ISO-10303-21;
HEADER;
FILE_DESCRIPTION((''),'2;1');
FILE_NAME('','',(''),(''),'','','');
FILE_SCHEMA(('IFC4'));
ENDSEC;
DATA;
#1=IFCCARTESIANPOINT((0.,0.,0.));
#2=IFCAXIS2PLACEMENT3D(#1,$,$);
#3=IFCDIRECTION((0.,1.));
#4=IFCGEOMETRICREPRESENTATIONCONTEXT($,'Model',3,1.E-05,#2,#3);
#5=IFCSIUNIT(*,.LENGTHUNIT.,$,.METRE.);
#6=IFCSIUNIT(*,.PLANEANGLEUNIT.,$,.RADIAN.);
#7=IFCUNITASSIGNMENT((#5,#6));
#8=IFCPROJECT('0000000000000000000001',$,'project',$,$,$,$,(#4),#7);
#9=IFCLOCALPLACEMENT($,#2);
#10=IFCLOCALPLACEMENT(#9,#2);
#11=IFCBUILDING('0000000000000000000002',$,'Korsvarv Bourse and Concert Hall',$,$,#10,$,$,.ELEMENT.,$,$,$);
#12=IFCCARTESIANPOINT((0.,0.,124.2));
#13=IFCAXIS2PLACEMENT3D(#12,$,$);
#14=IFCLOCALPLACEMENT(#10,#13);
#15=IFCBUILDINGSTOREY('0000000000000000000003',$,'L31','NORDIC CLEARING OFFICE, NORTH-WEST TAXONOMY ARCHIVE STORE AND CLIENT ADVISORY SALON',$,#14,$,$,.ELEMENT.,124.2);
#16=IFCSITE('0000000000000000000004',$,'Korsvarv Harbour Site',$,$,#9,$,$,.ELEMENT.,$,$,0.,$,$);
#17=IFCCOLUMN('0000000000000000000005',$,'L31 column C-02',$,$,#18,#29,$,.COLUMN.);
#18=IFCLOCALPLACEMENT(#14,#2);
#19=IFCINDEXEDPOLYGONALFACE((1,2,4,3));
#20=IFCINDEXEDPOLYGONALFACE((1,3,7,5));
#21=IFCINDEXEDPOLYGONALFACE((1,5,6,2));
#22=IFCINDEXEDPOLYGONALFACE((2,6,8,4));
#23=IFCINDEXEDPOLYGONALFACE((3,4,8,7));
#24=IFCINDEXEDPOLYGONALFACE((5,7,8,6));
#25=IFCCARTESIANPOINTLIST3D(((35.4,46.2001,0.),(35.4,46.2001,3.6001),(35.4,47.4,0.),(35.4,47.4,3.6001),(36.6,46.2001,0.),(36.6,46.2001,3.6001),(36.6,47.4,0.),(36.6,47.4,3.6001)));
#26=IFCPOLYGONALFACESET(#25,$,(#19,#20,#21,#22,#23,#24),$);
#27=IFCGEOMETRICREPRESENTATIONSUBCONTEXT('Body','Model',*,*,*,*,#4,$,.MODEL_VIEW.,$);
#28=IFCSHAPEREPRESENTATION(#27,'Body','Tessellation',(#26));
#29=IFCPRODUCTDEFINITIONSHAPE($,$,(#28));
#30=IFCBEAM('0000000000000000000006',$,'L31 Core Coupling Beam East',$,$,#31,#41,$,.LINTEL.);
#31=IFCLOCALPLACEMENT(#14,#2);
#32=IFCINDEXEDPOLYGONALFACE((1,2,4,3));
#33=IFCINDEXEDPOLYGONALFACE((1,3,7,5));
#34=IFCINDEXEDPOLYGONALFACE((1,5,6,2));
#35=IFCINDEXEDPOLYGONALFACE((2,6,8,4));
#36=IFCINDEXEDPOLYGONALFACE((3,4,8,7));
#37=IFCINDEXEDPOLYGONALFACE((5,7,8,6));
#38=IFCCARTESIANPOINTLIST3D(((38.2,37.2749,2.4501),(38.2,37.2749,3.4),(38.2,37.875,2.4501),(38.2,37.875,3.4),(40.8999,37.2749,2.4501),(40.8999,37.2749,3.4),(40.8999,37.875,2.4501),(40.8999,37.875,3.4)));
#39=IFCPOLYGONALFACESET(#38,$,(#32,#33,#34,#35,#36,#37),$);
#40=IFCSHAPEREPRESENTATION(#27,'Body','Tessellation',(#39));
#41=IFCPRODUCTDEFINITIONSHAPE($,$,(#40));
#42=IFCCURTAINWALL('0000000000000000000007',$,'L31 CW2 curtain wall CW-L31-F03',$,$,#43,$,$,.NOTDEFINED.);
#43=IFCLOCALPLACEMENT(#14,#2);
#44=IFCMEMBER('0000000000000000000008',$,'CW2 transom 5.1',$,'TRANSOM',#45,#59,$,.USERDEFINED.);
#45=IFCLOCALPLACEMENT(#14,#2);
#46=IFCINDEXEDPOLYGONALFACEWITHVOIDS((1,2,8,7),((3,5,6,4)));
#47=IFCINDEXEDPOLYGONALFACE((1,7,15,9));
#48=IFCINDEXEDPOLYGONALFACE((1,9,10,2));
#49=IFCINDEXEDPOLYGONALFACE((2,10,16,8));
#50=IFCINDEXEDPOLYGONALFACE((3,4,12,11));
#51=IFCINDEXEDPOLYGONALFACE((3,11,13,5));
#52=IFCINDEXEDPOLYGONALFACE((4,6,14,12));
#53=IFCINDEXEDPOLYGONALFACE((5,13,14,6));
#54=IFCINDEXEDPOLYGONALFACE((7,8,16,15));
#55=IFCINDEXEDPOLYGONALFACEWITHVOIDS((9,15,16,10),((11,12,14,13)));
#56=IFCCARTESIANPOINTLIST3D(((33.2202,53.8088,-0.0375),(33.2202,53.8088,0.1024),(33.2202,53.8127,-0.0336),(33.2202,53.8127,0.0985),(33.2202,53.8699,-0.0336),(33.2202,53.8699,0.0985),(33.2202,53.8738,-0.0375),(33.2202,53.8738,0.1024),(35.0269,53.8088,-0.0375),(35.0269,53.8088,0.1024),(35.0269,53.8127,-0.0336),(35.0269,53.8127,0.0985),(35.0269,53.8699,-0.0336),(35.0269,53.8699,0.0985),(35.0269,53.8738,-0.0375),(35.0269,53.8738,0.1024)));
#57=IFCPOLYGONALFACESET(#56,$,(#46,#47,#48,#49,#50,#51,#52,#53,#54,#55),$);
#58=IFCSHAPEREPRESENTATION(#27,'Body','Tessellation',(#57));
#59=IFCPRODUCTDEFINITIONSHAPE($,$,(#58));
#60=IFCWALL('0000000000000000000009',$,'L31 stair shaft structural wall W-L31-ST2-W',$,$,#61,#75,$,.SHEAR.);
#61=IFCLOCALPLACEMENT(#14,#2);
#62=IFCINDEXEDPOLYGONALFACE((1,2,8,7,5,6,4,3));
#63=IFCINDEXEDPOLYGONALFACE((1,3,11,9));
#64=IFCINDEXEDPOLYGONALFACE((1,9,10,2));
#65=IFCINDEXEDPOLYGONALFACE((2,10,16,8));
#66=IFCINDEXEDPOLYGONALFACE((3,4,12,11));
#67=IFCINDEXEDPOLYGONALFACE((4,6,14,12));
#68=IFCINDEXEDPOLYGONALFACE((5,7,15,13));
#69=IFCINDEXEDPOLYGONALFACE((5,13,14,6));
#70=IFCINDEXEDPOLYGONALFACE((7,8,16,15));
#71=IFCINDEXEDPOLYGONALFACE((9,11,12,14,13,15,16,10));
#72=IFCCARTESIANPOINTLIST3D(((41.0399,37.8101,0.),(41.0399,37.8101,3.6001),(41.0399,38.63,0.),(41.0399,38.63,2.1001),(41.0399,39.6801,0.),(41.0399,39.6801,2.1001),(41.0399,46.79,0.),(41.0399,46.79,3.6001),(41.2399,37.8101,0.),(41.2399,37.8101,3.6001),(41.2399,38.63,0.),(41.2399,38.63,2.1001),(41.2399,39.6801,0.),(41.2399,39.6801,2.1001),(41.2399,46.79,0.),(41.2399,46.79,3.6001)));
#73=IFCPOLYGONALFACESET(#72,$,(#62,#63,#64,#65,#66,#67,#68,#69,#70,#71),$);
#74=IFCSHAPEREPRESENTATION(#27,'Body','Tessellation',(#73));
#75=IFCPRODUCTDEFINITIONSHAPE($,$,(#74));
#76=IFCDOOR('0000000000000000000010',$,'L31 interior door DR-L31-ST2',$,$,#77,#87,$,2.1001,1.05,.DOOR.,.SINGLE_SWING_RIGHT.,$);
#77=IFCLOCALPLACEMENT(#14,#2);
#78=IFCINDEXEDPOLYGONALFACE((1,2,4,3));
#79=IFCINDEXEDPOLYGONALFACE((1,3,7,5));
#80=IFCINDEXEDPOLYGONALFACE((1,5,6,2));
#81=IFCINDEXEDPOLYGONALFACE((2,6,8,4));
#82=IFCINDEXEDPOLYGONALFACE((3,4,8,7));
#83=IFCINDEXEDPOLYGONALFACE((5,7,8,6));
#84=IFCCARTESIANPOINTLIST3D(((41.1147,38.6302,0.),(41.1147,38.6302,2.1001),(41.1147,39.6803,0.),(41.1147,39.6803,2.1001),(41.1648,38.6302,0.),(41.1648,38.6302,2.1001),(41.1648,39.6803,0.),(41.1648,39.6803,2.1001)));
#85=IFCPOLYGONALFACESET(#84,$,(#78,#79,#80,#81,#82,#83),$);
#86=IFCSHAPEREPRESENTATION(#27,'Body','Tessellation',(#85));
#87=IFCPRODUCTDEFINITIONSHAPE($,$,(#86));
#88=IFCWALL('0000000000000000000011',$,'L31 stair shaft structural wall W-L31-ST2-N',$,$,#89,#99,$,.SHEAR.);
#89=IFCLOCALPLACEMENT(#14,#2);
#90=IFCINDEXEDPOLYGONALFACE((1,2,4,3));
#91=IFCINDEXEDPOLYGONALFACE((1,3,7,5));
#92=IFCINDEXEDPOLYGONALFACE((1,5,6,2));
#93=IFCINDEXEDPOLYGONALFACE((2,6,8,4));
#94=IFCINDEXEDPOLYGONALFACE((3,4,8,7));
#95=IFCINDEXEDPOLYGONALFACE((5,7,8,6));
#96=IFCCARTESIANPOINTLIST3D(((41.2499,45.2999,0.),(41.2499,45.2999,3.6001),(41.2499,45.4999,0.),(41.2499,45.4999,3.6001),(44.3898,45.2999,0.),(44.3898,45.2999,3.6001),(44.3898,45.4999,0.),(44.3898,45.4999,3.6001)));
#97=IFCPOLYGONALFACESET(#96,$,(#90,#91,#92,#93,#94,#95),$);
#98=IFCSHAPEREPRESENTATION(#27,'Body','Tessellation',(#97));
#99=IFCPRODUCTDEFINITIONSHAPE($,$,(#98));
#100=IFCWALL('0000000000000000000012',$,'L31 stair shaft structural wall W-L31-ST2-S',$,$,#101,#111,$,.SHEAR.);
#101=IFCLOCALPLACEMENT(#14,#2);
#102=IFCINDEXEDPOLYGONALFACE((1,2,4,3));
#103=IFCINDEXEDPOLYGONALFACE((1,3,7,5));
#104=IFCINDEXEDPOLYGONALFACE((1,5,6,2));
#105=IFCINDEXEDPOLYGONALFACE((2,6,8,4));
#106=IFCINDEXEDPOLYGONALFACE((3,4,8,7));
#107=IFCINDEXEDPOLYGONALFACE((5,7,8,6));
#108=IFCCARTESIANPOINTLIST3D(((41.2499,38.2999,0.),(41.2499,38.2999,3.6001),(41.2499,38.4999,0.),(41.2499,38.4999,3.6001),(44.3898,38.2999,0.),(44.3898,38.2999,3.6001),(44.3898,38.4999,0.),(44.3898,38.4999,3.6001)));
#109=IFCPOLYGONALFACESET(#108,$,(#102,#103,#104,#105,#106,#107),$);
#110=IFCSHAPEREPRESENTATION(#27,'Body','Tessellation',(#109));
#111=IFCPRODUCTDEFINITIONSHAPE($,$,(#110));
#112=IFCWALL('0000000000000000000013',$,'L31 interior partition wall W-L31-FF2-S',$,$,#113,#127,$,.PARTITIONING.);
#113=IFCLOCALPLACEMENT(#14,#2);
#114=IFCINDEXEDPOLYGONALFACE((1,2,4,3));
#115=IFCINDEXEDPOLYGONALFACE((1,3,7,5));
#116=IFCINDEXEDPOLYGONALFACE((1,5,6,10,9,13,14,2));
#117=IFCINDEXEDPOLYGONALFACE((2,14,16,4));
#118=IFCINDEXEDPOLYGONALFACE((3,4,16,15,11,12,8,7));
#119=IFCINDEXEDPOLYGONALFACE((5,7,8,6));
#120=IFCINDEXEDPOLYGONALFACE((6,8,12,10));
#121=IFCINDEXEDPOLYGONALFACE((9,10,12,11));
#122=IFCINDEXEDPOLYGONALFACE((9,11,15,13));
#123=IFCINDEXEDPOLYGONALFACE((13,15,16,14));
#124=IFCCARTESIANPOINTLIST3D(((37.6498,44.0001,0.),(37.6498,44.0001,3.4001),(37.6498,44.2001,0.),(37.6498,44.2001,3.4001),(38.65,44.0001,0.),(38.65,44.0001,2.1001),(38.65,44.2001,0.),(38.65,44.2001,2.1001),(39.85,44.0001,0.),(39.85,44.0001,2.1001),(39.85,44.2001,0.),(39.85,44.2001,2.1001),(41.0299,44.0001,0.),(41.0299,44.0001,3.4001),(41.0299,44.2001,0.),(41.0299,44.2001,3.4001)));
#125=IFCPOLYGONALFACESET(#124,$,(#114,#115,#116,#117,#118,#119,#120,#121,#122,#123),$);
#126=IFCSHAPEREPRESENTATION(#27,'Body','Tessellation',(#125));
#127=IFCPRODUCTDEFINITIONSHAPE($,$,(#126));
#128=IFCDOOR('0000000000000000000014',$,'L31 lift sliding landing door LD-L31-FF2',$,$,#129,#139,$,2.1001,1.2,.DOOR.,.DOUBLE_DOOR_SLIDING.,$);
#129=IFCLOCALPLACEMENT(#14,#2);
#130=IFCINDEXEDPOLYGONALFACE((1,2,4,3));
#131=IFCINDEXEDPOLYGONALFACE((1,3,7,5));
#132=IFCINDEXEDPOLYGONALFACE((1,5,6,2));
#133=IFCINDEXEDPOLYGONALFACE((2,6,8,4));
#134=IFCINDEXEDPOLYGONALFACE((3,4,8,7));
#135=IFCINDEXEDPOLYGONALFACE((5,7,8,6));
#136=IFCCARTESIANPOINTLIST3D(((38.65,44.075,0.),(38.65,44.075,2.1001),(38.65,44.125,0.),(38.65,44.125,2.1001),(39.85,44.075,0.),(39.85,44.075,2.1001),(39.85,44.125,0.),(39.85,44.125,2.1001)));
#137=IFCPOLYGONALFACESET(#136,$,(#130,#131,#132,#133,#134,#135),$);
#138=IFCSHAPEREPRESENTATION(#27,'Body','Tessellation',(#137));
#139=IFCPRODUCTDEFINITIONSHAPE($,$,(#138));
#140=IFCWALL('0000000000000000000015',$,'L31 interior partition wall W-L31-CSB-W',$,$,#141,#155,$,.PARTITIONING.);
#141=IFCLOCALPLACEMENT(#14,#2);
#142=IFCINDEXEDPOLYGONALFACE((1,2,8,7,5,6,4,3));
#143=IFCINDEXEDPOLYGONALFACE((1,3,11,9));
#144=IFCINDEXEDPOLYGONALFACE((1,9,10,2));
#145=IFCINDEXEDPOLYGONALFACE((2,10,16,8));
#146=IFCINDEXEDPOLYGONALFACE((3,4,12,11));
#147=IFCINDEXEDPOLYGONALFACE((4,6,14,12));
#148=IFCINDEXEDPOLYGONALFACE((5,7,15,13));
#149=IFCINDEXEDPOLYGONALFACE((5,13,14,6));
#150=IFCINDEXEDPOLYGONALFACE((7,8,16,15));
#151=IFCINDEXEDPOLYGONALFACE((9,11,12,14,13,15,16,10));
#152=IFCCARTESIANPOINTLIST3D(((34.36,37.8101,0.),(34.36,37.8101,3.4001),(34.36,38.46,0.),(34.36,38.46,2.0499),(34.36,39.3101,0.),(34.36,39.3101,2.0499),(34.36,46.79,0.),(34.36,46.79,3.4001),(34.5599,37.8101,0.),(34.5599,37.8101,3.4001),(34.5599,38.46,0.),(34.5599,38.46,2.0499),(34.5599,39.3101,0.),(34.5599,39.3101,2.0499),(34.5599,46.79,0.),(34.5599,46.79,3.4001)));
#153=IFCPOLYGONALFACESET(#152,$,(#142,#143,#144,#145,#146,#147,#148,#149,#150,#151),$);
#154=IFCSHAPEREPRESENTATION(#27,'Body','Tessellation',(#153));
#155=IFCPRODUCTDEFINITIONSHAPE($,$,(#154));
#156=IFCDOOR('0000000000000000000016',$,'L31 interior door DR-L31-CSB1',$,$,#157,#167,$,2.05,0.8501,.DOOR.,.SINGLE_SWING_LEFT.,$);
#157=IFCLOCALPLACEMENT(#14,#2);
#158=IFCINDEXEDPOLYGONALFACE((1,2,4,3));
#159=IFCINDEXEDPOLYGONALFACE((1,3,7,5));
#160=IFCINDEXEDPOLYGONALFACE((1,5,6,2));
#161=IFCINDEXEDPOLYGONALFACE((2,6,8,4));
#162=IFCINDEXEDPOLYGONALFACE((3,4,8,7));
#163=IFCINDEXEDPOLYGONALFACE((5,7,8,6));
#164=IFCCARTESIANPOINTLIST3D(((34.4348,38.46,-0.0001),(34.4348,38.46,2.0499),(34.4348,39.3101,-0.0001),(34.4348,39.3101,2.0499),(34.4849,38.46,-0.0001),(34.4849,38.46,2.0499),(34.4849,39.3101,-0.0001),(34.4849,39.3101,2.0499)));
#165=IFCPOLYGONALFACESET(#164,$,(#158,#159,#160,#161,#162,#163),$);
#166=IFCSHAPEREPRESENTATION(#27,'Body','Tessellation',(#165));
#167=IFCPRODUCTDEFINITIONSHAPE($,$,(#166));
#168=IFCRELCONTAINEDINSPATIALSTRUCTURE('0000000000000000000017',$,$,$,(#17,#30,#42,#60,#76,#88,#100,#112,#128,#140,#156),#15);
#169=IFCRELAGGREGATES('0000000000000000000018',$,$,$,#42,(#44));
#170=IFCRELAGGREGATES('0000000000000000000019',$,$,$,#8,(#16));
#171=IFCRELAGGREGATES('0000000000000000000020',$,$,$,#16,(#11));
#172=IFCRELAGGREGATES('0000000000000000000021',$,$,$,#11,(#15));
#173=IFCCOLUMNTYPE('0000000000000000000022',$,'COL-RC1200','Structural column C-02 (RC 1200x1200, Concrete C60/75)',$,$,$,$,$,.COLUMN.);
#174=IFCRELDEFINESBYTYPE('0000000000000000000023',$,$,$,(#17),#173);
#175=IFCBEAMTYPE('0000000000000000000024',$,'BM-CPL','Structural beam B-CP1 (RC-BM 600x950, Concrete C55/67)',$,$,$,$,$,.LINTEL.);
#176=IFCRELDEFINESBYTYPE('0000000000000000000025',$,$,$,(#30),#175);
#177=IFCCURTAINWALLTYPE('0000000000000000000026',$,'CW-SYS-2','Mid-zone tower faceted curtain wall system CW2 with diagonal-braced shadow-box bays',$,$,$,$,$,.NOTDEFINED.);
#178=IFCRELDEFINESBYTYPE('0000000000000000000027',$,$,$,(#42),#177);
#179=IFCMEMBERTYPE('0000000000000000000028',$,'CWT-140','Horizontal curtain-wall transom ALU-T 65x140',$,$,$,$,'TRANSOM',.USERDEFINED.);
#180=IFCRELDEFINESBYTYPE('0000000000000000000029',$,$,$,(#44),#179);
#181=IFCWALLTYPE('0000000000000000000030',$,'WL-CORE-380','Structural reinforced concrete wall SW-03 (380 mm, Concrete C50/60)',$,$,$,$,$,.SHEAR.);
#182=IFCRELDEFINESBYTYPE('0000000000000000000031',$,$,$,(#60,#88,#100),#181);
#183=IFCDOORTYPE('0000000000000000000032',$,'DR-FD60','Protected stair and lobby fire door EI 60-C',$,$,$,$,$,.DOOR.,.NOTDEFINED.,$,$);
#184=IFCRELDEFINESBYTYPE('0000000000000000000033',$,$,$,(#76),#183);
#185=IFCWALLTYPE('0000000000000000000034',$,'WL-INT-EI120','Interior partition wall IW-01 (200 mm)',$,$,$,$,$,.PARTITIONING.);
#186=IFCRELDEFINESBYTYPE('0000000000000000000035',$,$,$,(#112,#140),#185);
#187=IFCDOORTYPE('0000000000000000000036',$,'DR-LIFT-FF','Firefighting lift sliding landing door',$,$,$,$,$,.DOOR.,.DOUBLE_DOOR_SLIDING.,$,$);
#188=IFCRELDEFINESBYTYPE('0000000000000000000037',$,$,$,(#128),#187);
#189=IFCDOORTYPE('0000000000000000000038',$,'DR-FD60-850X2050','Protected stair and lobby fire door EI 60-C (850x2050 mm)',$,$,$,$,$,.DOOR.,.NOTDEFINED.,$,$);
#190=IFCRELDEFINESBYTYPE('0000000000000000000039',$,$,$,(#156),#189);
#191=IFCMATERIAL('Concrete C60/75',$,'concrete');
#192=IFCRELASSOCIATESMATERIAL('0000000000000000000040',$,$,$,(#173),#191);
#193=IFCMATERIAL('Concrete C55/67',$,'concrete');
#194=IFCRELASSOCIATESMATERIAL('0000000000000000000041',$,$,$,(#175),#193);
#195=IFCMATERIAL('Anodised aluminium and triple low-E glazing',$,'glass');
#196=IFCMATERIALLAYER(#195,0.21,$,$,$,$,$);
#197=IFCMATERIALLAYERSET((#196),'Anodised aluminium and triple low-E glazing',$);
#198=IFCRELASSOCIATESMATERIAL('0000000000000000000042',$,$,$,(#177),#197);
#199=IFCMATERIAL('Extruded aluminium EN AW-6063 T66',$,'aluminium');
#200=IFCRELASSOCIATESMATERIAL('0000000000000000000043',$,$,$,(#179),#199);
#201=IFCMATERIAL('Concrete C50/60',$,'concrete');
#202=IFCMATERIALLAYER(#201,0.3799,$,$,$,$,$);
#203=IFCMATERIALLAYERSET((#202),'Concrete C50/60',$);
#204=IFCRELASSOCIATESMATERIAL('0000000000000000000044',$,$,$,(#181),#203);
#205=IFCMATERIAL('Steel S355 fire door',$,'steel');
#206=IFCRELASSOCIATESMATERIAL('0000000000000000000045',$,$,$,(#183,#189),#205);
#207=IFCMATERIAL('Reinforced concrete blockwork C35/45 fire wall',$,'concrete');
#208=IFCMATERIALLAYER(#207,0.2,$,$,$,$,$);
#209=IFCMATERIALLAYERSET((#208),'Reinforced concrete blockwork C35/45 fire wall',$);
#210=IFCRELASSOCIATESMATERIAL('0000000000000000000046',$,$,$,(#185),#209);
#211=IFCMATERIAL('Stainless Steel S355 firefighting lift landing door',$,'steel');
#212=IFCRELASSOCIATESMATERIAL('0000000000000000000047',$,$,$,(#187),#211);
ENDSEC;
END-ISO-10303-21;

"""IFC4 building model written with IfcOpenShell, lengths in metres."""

from ifc_helpers import new_model, si_unit, direction, frame, frame_2d, origin, origin_2d, place, context, subcontext, project, spatial, rectangle, hollow_rectangle, extrude, source, transform, mapped, material, layer, layer_set, material_profile, profile_set, type_object, element, fill, aggregate, save


model = new_model("IFC4")

# Units and contexts
model_context = context("Model", 3, precision=1e-05, world=origin(), true_north=direction((0.0, 1.0)))
body_context = subcontext(model_context, "Body", "Model", "MODEL_VIEW")
ifc_project = project(units=[si_unit("LENGTHUNIT", "METRE"), si_unit("PLANEANGLEUNIT", "RADIAN")], contexts=[model_context])

# Site, building, storey
site_placement = place(None, origin())
site = spatial("IfcSite", under=ifc_project, at=site_placement, Name="Korsvarv Harbour Site", CompositionType="ELEMENT", RefElevation=0.0)
building_placement = place(site_placement, origin())
building = spatial("IfcBuilding", under=site, at=building_placement, Name="Korsvarv Bourse and Concert Hall", CompositionType="ELEMENT")
storey_placement = place(building_placement, frame((0.0, 0.0, 124.2)))
storey = spatial("IfcBuildingStorey", under=building, at=storey_placement, Name="L31", Description="NORDIC CLEARING OFFICE, NORTH-WEST TAXONOMY ARCHIVE STORE AND CLIENT ADVISORY SALON", CompositionType="ELEMENT", Elevation=124.2)

# Column
ifc_material_1 = material(Name="Concrete C60/75", Category="concrete")
ifc_material_profile_1 = material_profile(ifc_material_1, rectangle(XDim=1.2, YDim=1.2, at=origin_2d()), Name="RC 1200x1200")
ifc_profile_set_1 = profile_set([ifc_material_profile_1], Name="Concrete C60/75")
column_type = type_object("IfcColumnType", Name="COL-RC1200", Description="Structural column C-02 (RC 1200x1200, Concrete C60/75)", PredefinedType="COLUMN", material=ifc_profile_set_1)
shared_shape_1 = source(origin(), body_context, "Body", "SweptSolid", [
    extrude(rectangle(XDim=1.2, YDim=1.2, at=origin_2d()), origin(), (0.0, 0.0, 1.0), 3.6001),
])
column_placement = place(storey_placement, frame((36.0, 46.8, 0.0), z_axis=(0.0, 0.0, 1.0), x_axis=(1.0, 0.0, 0.0)))
element("IfcColumn", 1, at=column_placement, inside=storey, type_object=column_type, Name="L31 column C-02", PredefinedType="COLUMN", context=body_context, shape_type="MappedRepresentation", body=[
    mapped(shared_shape_1, transform((0.0, 0.0, 0.0), scale=1.0)),
])

# Beam
ifc_material_2 = material(Name="Concrete C55/67", Category="concrete")
ifc_material_profile_2 = material_profile(ifc_material_2, rectangle(XDim=0.6001, YDim=0.95, at=origin_2d()), Name="RC-BM 600x950")
ifc_profile_set_2 = profile_set([ifc_material_profile_2], Name="Concrete C55/67")
beam_type = type_object("IfcBeamType", Name="BM-CPL", Description="Structural beam B-CP1 (RC-BM 600x950, Concrete C55/67)", PredefinedType="LINTEL", material=ifc_profile_set_2)
shared_shape_2 = source(origin(), body_context, "Body", "SweptSolid", [
    extrude(rectangle(XDim=0.6001, YDim=0.95, at=origin_2d()), origin(), (0.0, 0.0, 1.0), 2.7),
])
beam_placement = place(storey_placement, frame((38.2, 37.575, 2.925), z_axis=(1.0, 0.0, 0.0), x_axis=(0.0, 1.0, 0.0)))
element("IfcBeam", 2, at=beam_placement, inside=storey, type_object=beam_type, Name="L31 Core Coupling Beam East", PredefinedType="LINTEL", context=body_context, shape_type="MappedRepresentation", body=[
    mapped(shared_shape_2, transform((0.0, 0.0, 0.0), scale=1.0)),
])

# Curtain wall, member
ifc_material_3 = material(Name="Anodised aluminium and triple low-E glazing", Category="glass")
ifc_layer_1 = layer(ifc_material_3, 0.21)
ifc_layer_set_1 = layer_set([ifc_layer_1], Name="Anodised aluminium and triple low-E glazing")
curtain_wall_type = type_object("IfcCurtainWallType", Name="CW-SYS-2", Description="Mid-zone tower faceted curtain wall system CW2 with diagonal-braced shadow-box bays", PredefinedType="NOTDEFINED", material=ifc_layer_set_1)
curtain_wall_placement = place(storey_placement, origin())
curtain_wall = element("IfcCurtainWall", 3, at=curtain_wall_placement, inside=storey, type_object=curtain_wall_type, Name="L31 CW2 curtain wall CW-L31-F03", PredefinedType="NOTDEFINED")
ifc_material_4 = material(Name="Extruded aluminium EN AW-6063 T66", Category="aluminium")
ifc_material_profile_3 = material_profile(ifc_material_4, hollow_rectangle(XDim=0.0649, YDim=0.1399, WallThickness=0.0039, at=origin_2d()), Name="ALU-T 65x140")
ifc_profile_set_3 = profile_set([ifc_material_profile_3], Name="Extruded aluminium EN AW-6063 T66")
member_type = type_object("IfcMemberType", Name="CWT-140", Description="Horizontal curtain-wall transom ALU-T 65x140", ElementType="TRANSOM", PredefinedType="USERDEFINED", material=ifc_profile_set_3)
shared_shape_3 = source(origin(), body_context, "Body", "SweptSolid", [
    extrude(hollow_rectangle(XDim=0.0649, YDim=0.1399, WallThickness=0.0039, at=origin_2d()), origin(), (0.0, 0.0, 1.0), 1.8066),
])
member_placement = place(storey_placement, frame((35.0269, 53.8413, 0.0325), z_axis=(-1.0, 0.0, 0.0), x_axis=(0.0, -1.0, 0.0)))
member = element("IfcMember", 4, at=member_placement, type_object=member_type, Name="CW2 transom 5.1", ObjectType="TRANSOM", PredefinedType="USERDEFINED", context=body_context, shape_type="MappedRepresentation", body=[
    mapped(shared_shape_3, transform((0.0, 0.0, 0.0), scale=1.0)),
])
aggregate(curtain_wall, [member])

# Wall, opening, door
ifc_material_5 = material(Name="Concrete C50/60", Category="concrete")
ifc_layer_2 = layer(ifc_material_5, 0.3799)
ifc_layer_set_2 = layer_set([ifc_layer_2], Name="Concrete C50/60")
wall_type_1 = type_object("IfcWallType", Name="WL-CORE-380", Description="Structural reinforced concrete wall SW-03 (380 mm, Concrete C50/60)", PredefinedType="SHEAR", material=ifc_layer_set_2)
wall_1_placement = place(storey_placement, frame((41.1399, 37.8101, 0.0), z_axis=(0.0, 0.0, 1.0), x_axis=(0.0, 1.0, 0.0)))
wall_1 = element("IfcWall", 5, at=wall_1_placement, inside=storey, type_object=wall_type_1, Name="L31 stair shaft structural wall W-L31-ST2-W", PredefinedType="SHEAR", context=body_context, shape_type="SweptSolid", body=[
    extrude(rectangle(XDim=8.98, YDim=0.2, at=frame_2d((4.49, 0.0))), origin(), (0.0, 0.0, 1.0), 3.6001),
])
opening_1_placement = place(wall_1_placement, frame((0.8201, 0.0, 0.0)))
opening_1 = element("IfcOpeningElement", 6, at=opening_1_placement, cuts=wall_1, PredefinedType="OPENING", context=body_context, shape_type="SweptSolid", body=[
    extrude(rectangle(XDim=1.05, YDim=2.1001, at=frame_2d((0.5249, 1.05))), frame((0.0, 0.1099, 0.0), z_axis=(0.0, -1.0, 0.0), x_axis=(1.0, 0.0, 0.0)), (0.0, 0.0, 1.0), 0.22),
])
ifc_material_6 = material(Name="Steel S355 fire door", Category="steel")
door_type_1 = type_object("IfcDoorType", Name="DR-FD60", Description="Protected stair and lobby fire door EI 60-C", OperationType="NOTDEFINED", PredefinedType="DOOR", material=ifc_material_6)
door_1_placement = place(opening_1_placement, frame((1.05, 0.0, 0.0), z_axis=(0.0, 0.0, 1.0), x_axis=(-1.0, 0.0, 0.0)))
door_1 = element("IfcDoor", 7, at=door_1_placement, inside=storey, type_object=door_type_1, Name="L31 interior door DR-L31-ST2", OperationType="SINGLE_SWING_RIGHT", OverallHeight=2.1001, OverallWidth=1.05, PredefinedType="DOOR", context=body_context, shape_type="SweptSolid", body=[
    extrude(rectangle(XDim=1.05, YDim=2.1001, at=frame_2d((0.5249, 1.05))), frame((0.0, 0.0249, 0.0), z_axis=(0.0, -1.0, 0.0), x_axis=(1.0, 0.0, 0.0)), (0.0, 0.0, 1.0), 0.05),
])
fill(opening_1, door_1)

# Walls
for number, where, z_axis, x_axis, name in (
    (8, (41.25, 45.3999, 0.0), (0.0, 0.0, 1.0), (1.0, 0.0, 0.0), "L31 stair shaft structural wall W-L31-ST2-N"),
    (9, (41.25, 38.3999, 0.0), (0.0, 0.0, 1.0), (1.0, 0.0, 0.0), "L31 stair shaft structural wall W-L31-ST2-S"),
):
    element("IfcWall", number, at=place(storey_placement, frame(where, z_axis=z_axis, x_axis=x_axis)), inside=storey, type_object=wall_type_1, Name=name, PredefinedType="SHEAR", context=body_context, shape_type="SweptSolid", body=[
        extrude(rectangle(XDim=3.1399, YDim=0.2, at=frame_2d((1.5698, 0.0))), origin(), (0.0, 0.0, 1.0), 3.6001),
    ])

# Walls, openings, doors
ifc_material_7 = material(Name="Reinforced concrete blockwork C35/45 fire wall", Category="concrete")
ifc_layer_3 = layer(ifc_material_7, 0.2)
ifc_layer_set_3 = layer_set([ifc_layer_3], Name="Reinforced concrete blockwork C35/45 fire wall")
wall_type_2 = type_object("IfcWallType", Name="WL-INT-EI120", Description="Interior partition wall IW-01 (200 mm)", PredefinedType="PARTITIONING", material=ifc_layer_set_3)
wall_2_placement = place(storey_placement, frame((37.6499, 44.1001, 0.0), z_axis=(0.0, 0.0, 1.0), x_axis=(1.0, 0.0, 0.0)))
wall_2 = element("IfcWall", 10, at=wall_2_placement, inside=storey, type_object=wall_type_2, Name="L31 interior partition wall W-L31-FF2-S", PredefinedType="PARTITIONING", context=body_context, shape_type="SweptSolid", body=[
    extrude(rectangle(XDim=3.3801, YDim=0.2, at=frame_2d((1.6899, 0.0))), origin(), (0.0, 0.0, 1.0), 3.4001),
])
opening_2_placement = place(wall_2_placement, frame((1.0, 0.0, 0.0)))
opening_2 = element("IfcOpeningElement", 11, at=opening_2_placement, cuts=wall_2, PredefinedType="OPENING", context=body_context, shape_type="SweptSolid", body=[
    extrude(rectangle(XDim=1.2, YDim=2.1001, at=frame_2d((0.6001, 1.05))), frame((0.0, 0.1099, 0.0), z_axis=(0.0, -1.0, 0.0), x_axis=(1.0, 0.0, 0.0)), (0.0, 0.0, 1.0), 0.22),
])
ifc_material_8 = material(Name="Stainless Steel S355 firefighting lift landing door", Category="steel")
door_type_2 = type_object("IfcDoorType", Name="DR-LIFT-FF", Description="Firefighting lift sliding landing door", OperationType="DOUBLE_DOOR_SLIDING", PredefinedType="DOOR", material=ifc_material_8)
door_2_placement = place(opening_2_placement, origin())
door_2 = element("IfcDoor", 12, at=door_2_placement, inside=storey, type_object=door_type_2, Name="L31 lift sliding landing door LD-L31-FF2", OperationType="DOUBLE_DOOR_SLIDING", OverallHeight=2.1001, OverallWidth=1.2, PredefinedType="DOOR", context=body_context, shape_type="SweptSolid", body=[
    extrude(rectangle(XDim=1.2, YDim=2.1001, at=frame_2d((0.6001, 1.05))), frame((0.0, 0.0249, 0.0), z_axis=(0.0, -1.0, 0.0), x_axis=(1.0, 0.0, 0.0)), (0.0, 0.0, 1.0), 0.05),
])
fill(opening_2, door_2)
wall_3_placement = place(storey_placement, frame((34.46, 37.8101, 0.0), z_axis=(0.0, 0.0, 1.0), x_axis=(0.0, 1.0, 0.0)))
wall_3 = element("IfcWall", 13, at=wall_3_placement, inside=storey, type_object=wall_type_2, Name="L31 interior partition wall W-L31-CSB-W", PredefinedType="PARTITIONING", context=body_context, shape_type="SweptSolid", body=[
    extrude(rectangle(XDim=8.98, YDim=0.2, at=frame_2d((4.49, 0.0))), origin(), (0.0, 0.0, 1.0), 3.4001),
])
opening_3_placement = place(wall_3_placement, frame((0.6499, 0.0, 0.0)))
opening_3 = element("IfcOpeningElement", 14, at=opening_3_placement, cuts=wall_3, PredefinedType="OPENING", context=body_context, shape_type="SweptSolid", body=[
    extrude(rectangle(XDim=0.8501, YDim=2.05, at=frame_2d((0.425, 1.0249))), frame((0.0, 0.1099, 0.0), z_axis=(0.0, -1.0, 0.0), x_axis=(1.0, 0.0, 0.0)), (0.0, 0.0, 1.0), 0.22),
])
door_type_3 = type_object("IfcDoorType", Name="DR-FD60-850X2050", Description="Protected stair and lobby fire door EI 60-C (850x2050 mm)", OperationType="NOTDEFINED", PredefinedType="DOOR", material=ifc_material_6)
door_3_placement = place(opening_3_placement, frame((0.8501, 0.0, 0.0), z_axis=(0.0, 0.0, 1.0), x_axis=(-1.0, 0.0, 0.0)))
door_3 = element("IfcDoor", 15, at=door_3_placement, inside=storey, type_object=door_type_3, Name="L31 interior door DR-L31-CSB1", OperationType="SINGLE_SWING_LEFT", OverallHeight=2.05, OverallWidth=0.8501, PredefinedType="DOOR", context=body_context, shape_type="SweptSolid", body=[
    extrude(rectangle(XDim=0.8501, YDim=2.05, at=frame_2d((0.425, 1.0249))), frame((0.0, 0.0249, 0.0), z_axis=(0.0, -1.0, 0.0), x_axis=(1.0, 0.0, 0.0)), (0.0, 0.0, 1.0), 0.05),
])
fill(opening_3, door_3)

save(model, "model.ifc")
